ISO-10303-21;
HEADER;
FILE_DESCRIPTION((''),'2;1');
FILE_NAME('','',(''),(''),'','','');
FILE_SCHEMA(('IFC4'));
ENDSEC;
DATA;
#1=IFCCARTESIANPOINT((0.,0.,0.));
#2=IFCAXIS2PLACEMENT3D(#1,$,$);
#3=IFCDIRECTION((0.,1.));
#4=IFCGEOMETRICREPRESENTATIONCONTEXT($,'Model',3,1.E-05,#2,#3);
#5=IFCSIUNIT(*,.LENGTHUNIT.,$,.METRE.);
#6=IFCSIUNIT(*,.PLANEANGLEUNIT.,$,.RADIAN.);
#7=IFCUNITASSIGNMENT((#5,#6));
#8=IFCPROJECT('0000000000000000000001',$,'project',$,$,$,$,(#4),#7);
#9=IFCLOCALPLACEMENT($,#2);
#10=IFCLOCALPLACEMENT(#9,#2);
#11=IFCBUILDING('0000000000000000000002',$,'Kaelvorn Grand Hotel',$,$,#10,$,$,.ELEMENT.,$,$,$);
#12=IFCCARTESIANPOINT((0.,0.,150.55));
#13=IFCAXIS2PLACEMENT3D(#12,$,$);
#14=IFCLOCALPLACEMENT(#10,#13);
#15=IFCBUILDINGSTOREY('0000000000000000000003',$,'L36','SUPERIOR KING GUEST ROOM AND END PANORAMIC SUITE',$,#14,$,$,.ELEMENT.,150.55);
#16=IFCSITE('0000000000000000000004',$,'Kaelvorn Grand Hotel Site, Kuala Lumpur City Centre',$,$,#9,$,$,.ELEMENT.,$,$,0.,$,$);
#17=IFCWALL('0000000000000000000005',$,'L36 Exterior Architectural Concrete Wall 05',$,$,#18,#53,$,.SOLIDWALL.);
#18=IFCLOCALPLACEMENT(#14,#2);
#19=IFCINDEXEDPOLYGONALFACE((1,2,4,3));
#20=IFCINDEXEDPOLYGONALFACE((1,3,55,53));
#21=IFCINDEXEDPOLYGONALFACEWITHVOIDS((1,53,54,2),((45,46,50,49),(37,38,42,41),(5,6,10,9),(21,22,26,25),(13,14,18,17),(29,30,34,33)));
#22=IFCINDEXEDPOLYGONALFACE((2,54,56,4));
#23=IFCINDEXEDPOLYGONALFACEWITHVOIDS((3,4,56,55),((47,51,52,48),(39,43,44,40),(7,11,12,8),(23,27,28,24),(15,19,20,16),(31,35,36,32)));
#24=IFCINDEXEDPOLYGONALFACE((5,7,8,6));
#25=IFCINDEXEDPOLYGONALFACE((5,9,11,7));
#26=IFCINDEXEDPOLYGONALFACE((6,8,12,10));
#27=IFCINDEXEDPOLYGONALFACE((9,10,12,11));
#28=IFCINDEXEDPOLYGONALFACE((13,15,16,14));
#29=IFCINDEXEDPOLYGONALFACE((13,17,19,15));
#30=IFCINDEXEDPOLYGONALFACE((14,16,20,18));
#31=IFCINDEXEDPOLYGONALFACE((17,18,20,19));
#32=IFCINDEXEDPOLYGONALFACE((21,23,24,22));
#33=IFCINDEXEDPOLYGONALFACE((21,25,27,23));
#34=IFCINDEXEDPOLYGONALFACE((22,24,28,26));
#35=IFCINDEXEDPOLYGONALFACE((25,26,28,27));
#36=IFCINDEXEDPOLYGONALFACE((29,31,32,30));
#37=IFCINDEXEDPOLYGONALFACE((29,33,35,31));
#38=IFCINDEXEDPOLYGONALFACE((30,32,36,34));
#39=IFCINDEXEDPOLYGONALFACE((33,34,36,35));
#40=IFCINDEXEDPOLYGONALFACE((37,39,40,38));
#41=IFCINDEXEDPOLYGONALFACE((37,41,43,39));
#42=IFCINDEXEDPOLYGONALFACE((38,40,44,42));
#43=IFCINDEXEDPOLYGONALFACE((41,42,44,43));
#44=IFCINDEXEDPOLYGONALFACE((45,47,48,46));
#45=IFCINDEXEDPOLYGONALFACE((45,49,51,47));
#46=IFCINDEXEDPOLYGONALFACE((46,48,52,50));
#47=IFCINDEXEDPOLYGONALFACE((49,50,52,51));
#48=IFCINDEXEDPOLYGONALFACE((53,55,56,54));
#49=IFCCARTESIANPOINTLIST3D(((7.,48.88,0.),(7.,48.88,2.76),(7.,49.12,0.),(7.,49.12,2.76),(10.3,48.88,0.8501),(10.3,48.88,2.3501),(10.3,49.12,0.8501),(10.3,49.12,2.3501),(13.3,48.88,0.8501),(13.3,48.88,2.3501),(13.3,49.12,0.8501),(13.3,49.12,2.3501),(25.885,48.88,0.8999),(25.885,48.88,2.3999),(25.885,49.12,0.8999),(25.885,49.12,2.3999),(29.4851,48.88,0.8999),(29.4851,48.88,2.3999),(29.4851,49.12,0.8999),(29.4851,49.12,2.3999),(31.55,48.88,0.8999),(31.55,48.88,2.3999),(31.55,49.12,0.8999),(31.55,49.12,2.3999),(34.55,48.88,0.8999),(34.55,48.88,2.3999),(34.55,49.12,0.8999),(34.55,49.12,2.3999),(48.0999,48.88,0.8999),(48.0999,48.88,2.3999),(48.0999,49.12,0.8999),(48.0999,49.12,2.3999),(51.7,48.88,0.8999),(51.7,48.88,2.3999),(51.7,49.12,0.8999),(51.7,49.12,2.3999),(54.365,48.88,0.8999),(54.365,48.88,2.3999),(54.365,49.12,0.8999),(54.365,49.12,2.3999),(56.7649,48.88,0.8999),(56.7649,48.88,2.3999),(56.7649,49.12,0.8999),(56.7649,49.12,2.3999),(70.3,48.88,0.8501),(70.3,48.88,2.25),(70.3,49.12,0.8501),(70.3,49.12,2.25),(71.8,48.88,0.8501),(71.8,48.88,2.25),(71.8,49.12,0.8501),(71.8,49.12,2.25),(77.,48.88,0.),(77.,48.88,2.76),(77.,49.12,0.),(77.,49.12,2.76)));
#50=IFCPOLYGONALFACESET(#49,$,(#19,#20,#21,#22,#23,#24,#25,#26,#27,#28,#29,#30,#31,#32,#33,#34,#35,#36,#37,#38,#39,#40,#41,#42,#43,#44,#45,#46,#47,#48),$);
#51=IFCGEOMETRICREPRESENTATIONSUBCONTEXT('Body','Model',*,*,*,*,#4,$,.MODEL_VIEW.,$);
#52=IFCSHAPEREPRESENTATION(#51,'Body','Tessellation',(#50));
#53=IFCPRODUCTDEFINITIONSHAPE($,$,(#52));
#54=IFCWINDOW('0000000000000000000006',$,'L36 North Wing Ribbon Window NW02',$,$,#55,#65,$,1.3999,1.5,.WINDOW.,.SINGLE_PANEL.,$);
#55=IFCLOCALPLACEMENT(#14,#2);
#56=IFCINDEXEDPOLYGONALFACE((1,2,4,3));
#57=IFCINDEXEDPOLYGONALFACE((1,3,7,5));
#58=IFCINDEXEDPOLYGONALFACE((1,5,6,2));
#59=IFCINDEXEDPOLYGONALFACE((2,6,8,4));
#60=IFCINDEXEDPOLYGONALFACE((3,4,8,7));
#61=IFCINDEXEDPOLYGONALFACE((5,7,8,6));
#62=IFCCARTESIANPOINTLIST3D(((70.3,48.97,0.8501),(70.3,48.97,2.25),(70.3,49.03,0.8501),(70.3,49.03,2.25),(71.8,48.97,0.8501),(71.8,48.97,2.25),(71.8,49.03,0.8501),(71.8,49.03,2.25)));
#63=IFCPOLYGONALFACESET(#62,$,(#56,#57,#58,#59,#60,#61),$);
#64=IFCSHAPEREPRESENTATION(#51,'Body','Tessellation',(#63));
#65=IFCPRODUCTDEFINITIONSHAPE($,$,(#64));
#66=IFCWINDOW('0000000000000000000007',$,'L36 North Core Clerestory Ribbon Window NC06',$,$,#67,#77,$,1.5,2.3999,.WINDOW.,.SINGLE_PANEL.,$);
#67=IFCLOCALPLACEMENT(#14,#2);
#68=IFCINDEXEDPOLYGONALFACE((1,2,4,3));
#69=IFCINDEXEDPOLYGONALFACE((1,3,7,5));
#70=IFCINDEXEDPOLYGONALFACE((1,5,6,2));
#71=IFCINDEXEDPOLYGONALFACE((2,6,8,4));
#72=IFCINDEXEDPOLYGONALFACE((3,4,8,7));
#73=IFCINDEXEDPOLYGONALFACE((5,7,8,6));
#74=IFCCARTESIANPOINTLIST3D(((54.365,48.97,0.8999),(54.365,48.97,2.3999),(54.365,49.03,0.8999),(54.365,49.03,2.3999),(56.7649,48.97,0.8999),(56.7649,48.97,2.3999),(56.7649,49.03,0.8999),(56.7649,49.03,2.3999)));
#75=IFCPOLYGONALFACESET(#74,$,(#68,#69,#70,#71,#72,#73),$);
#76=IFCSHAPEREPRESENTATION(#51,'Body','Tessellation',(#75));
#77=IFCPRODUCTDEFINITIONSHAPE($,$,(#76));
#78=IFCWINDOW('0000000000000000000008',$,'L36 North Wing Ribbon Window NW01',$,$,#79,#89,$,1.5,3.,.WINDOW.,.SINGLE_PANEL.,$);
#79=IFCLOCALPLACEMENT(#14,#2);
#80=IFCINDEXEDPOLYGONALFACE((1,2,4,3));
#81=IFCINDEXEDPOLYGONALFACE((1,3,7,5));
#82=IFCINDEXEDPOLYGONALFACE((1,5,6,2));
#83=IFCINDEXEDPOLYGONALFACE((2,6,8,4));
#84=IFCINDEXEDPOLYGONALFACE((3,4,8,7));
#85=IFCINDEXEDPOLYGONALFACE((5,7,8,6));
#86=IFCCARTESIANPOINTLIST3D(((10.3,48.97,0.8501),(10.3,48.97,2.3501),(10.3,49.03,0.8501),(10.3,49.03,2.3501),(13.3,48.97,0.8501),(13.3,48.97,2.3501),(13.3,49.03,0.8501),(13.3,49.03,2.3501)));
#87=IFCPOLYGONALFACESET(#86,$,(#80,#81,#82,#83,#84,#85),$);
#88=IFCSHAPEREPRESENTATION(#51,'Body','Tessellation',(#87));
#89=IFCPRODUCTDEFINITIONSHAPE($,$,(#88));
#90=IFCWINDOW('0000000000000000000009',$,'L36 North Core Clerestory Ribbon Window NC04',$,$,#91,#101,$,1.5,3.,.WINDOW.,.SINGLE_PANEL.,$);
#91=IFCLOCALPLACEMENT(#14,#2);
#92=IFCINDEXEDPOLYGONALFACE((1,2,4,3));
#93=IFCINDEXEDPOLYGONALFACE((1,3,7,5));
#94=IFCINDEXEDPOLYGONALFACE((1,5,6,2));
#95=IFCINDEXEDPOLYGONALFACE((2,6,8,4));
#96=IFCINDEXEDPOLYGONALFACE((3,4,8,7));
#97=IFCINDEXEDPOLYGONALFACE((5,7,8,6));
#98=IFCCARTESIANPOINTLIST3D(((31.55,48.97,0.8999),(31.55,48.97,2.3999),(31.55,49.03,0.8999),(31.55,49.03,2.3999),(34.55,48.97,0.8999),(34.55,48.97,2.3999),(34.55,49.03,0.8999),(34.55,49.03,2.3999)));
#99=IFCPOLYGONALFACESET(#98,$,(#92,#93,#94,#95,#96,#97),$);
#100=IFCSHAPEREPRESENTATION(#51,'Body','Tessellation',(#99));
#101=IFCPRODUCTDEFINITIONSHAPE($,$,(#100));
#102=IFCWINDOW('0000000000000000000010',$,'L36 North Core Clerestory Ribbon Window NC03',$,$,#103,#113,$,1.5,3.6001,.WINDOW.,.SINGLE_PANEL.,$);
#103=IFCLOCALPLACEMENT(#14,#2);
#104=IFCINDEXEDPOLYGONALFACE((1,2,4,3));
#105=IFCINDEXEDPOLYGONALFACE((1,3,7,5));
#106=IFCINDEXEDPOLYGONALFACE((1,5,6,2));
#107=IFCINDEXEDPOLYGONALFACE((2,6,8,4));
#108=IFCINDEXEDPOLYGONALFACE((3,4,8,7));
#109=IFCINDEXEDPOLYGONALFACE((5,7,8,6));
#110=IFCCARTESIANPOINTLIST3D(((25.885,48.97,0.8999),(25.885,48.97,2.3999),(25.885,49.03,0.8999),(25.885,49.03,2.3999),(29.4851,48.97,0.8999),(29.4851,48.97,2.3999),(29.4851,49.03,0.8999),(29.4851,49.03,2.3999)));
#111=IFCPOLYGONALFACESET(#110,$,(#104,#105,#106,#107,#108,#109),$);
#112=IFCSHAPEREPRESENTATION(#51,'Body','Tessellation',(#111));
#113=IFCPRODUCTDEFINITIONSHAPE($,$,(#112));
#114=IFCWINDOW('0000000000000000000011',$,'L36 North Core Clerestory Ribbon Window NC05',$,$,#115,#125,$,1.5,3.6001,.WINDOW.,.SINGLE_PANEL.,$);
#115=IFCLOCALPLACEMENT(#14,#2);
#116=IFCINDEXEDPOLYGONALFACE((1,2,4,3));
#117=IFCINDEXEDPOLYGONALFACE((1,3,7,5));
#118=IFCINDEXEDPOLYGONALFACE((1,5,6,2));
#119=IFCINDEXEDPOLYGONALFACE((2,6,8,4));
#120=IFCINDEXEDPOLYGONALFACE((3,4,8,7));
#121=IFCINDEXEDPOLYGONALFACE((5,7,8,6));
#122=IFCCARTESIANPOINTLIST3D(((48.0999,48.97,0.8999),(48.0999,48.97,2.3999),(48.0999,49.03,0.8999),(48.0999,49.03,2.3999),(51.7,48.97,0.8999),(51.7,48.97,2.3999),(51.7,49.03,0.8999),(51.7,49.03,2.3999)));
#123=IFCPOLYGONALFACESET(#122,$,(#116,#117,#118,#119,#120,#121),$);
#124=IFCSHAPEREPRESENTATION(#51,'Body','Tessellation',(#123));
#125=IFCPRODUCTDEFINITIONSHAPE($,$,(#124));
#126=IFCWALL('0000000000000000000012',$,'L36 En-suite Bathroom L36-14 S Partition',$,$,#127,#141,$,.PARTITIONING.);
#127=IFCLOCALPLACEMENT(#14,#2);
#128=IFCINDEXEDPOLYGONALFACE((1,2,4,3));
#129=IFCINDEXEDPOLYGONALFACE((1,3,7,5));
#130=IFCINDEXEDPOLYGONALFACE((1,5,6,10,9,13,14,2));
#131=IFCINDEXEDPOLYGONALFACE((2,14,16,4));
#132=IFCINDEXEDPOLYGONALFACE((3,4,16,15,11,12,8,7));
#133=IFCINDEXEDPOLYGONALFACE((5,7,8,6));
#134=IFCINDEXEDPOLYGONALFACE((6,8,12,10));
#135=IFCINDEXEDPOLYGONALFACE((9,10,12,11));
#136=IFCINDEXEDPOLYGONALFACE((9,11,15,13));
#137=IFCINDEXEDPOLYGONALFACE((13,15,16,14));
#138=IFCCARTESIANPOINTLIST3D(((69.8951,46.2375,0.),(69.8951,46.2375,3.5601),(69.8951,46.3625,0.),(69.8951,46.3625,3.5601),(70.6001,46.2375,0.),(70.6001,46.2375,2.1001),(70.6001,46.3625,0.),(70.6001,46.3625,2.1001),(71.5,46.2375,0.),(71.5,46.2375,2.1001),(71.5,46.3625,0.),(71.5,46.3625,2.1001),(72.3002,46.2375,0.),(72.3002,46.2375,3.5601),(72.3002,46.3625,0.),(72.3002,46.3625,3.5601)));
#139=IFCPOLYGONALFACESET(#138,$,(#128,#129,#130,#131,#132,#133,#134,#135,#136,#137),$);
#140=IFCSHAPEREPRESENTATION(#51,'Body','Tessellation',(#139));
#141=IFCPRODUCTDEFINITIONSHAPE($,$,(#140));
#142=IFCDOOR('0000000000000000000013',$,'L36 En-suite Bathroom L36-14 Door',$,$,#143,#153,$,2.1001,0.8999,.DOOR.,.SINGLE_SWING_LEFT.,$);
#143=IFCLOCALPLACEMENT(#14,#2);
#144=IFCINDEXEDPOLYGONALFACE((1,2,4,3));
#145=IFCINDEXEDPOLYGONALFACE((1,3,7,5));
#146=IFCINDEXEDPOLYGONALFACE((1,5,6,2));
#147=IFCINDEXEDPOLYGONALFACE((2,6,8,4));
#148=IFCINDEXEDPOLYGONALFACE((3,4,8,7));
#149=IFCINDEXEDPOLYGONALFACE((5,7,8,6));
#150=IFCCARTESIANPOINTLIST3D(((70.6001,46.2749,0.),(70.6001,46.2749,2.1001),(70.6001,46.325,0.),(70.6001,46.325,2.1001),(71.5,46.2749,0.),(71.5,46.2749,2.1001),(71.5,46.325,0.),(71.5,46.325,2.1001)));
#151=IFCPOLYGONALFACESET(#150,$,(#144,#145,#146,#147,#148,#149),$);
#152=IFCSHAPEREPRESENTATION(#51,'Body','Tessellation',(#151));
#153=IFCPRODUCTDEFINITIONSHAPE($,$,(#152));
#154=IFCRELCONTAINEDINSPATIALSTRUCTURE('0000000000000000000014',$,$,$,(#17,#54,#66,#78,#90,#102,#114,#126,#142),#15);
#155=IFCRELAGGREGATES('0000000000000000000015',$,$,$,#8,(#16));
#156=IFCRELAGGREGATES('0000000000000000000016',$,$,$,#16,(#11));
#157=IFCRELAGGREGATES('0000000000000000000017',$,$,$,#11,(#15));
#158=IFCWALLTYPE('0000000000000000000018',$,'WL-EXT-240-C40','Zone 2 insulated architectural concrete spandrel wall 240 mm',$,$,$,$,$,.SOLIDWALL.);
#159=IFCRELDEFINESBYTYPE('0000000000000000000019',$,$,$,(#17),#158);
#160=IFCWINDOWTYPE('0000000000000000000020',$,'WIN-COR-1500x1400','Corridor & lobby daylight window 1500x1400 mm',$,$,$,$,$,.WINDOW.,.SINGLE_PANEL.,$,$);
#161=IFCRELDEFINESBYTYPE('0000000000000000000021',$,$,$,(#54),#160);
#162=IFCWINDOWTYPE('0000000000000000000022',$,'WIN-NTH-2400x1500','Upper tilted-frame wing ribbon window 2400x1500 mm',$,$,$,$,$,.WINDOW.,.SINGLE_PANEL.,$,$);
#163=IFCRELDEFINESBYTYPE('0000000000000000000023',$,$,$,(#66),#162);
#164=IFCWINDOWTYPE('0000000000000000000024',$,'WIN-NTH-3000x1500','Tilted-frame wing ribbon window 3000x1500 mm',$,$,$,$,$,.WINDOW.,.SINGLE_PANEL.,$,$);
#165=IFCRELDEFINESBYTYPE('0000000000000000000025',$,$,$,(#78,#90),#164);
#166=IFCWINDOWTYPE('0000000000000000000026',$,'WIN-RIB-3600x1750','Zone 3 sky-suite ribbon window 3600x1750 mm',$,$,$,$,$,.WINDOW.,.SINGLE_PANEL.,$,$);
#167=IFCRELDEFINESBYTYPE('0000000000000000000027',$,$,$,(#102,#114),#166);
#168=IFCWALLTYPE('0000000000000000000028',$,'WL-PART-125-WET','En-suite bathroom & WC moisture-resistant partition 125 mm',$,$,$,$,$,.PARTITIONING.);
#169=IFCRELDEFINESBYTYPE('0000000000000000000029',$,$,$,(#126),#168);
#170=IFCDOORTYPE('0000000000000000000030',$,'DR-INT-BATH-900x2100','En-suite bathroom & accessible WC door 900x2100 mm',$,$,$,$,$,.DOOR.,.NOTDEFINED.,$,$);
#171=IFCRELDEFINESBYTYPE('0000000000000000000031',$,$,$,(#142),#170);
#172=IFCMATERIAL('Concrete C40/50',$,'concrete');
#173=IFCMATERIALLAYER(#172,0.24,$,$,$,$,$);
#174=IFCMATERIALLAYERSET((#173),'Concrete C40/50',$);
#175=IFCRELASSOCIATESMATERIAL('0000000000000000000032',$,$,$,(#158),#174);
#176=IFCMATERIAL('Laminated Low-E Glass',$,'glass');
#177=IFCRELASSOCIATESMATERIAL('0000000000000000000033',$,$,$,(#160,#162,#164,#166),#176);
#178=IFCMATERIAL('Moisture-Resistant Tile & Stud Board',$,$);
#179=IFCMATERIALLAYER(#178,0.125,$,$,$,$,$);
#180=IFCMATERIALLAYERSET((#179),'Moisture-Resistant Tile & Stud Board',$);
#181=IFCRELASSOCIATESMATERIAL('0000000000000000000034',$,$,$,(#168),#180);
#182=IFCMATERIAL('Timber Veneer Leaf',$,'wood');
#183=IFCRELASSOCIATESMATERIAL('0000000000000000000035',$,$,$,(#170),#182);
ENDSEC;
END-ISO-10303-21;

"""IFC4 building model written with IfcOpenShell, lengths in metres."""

from ifc_helpers import new_model, si_unit, direction, frame, frame_2d, origin, place, context, subcontext, project, spatial, rectangle, extrude, material, layer, layer_set, type_object, element, fill, save


model = new_model("IFC4")

# Units and contexts
model_context = context("Model", 3, precision=1e-05, world=origin(), true_north=direction((0.0, 1.0)))
body_context = subcontext(model_context, "Body", "Model", "MODEL_VIEW")
ifc_project = project(units=[si_unit("LENGTHUNIT", "METRE"), si_unit("PLANEANGLEUNIT", "RADIAN")], contexts=[model_context])

# Site, building, storey
site_placement = place(None, origin())
site = spatial("IfcSite", under=ifc_project, at=site_placement, Name="Kaelvorn Grand Hotel Site, Kuala Lumpur City Centre", CompositionType="ELEMENT", RefElevation=0.0)
building_placement = place(site_placement, origin())
building = spatial("IfcBuilding", under=site, at=building_placement, Name="Kaelvorn Grand Hotel", CompositionType="ELEMENT")
storey_placement = place(building_placement, frame((0.0, 0.0, 150.55)))
storey = spatial("IfcBuildingStorey", under=building, at=storey_placement, Name="L36", Description="SUPERIOR KING GUEST ROOM AND END PANORAMIC SUITE", CompositionType="ELEMENT", Elevation=150.55)

# Shared definitions
ifc_material_1 = material(Name="Concrete C40/50", Category="concrete")
ifc_layer_1 = layer(ifc_material_1, 0.24)
ifc_layer_set_1 = layer_set([ifc_layer_1], Name="Concrete C40/50")
wall_type_1 = type_object("IfcWallType", Name="WL-EXT-240-C40", Description="Zone 2 insulated architectural concrete spandrel wall 240 mm", PredefinedType="SOLIDWALL", material=ifc_layer_set_1)
ifc_material_2 = material(Name="Laminated Low-E Glass", Category="glass")

# Wall, openings, windows
wall_1_placement = place(storey_placement, frame((77.0, 49.0, 0.0), z_axis=(0.0, 0.0, 1.0), x_axis=(-1.0, 0.0, 0.0)))
wall_1 = element("IfcWall", 1, at=wall_1_placement, inside=storey, type_object=wall_type_1, Name="L36 Exterior Architectural Concrete Wall 05", PredefinedType="SOLIDWALL", context=body_context, shape_type="SweptSolid", body=[
    extrude(rectangle(XDim=70.0, YDim=0.24, at=frame_2d((35.0, 0.0))), origin(), (0.0, 0.0, 1.0), 2.76),
])
opening_1_placement = place(wall_1_placement, frame((63.7, 0.0, 0.8501)))
opening_1 = element("IfcOpeningElement", 2, at=opening_1_placement, cuts=wall_1, PredefinedType="OPENING", context=body_context, shape_type="SweptSolid", body=[
    extrude(rectangle(XDim=3.0, YDim=1.5, at=frame_2d((1.5, 0.75))), frame((0.0, 0.1299, 0.0), z_axis=(0.0, -1.0, 0.0), x_axis=(1.0, 0.0, 0.0)), (0.0, 0.0, 1.0), 0.26),
])
opening_2_placement = place(wall_1_placement, frame((5.2, 0.0, 0.8501)))
opening_2 = element("IfcOpeningElement", 3, at=opening_2_placement, cuts=wall_1, PredefinedType="OPENING", context=body_context, shape_type="SweptSolid", body=[
    extrude(rectangle(XDim=1.5, YDim=1.3999, at=frame_2d((0.75, 0.7))), frame((0.0, 0.1299, 0.0), z_axis=(0.0, -1.0, 0.0), x_axis=(1.0, 0.0, 0.0)), (0.0, 0.0, 1.0), 0.26),
])
opening_3_placement = place(wall_1_placement, frame((47.5149, 0.0, 0.8999)))
opening_3 = element("IfcOpeningElement", 4, at=opening_3_placement, cuts=wall_1, PredefinedType="OPENING", context=body_context, shape_type="SweptSolid", body=[
    extrude(rectangle(XDim=3.6001, YDim=1.5, at=frame_2d((1.8, 0.75))), frame((0.0, 0.1299, 0.0), z_axis=(0.0, -1.0, 0.0), x_axis=(1.0, 0.0, 0.0)), (0.0, 0.0, 1.0), 0.26),
])
opening_4_placement = place(wall_1_placement, frame((42.45, 0.0, 0.8999)))
opening_4 = element("IfcOpeningElement", 5, at=opening_4_placement, cuts=wall_1, PredefinedType="OPENING", context=body_context, shape_type="SweptSolid", body=[
    extrude(rectangle(XDim=3.0, YDim=1.5, at=frame_2d((1.5, 0.75))), frame((0.0, 0.1299, 0.0), z_axis=(0.0, -1.0, 0.0), x_axis=(1.0, 0.0, 0.0)), (0.0, 0.0, 1.0), 0.26),
])
opening_5_placement = place(wall_1_placement, frame((25.3, 0.0, 0.8999)))
opening_5 = element("IfcOpeningElement", 6, at=opening_5_placement, cuts=wall_1, PredefinedType="OPENING", context=body_context, shape_type="SweptSolid", body=[
    extrude(rectangle(XDim=3.6001, YDim=1.5, at=frame_2d((1.8, 0.75))), frame((0.0, 0.1299, 0.0), z_axis=(0.0, -1.0, 0.0), x_axis=(1.0, 0.0, 0.0)), (0.0, 0.0, 1.0), 0.26),
])
opening_6_placement = place(wall_1_placement, frame((20.2351, 0.0, 0.8999)))
opening_6 = element("IfcOpeningElement", 7, at=opening_6_placement, cuts=wall_1, PredefinedType="OPENING", context=body_context, shape_type="SweptSolid", body=[
    extrude(rectangle(XDim=2.3999, YDim=1.5, at=frame_2d((1.2, 0.75))), frame((0.0, 0.1299, 0.0), z_axis=(0.0, -1.0, 0.0), x_axis=(1.0, 0.0, 0.0)), (0.0, 0.0, 1.0), 0.26),
])
window_type_1 = type_object("IfcWindowType", Name="WIN-COR-1500x1400", Description="Corridor & lobby daylight window 1500x1400 mm", PartitioningType="SINGLE_PANEL", PredefinedType="WINDOW", material=ifc_material_2)
window_1_placement = place(opening_2_placement, origin())
window_1 = element("IfcWindow", 8, at=window_1_placement, inside=storey, type_object=window_type_1, Name="L36 North Wing Ribbon Window NW02", OverallHeight=1.3999, OverallWidth=1.5, PartitioningType="SINGLE_PANEL", PredefinedType="WINDOW", context=body_context, shape_type="SweptSolid", body=[
    extrude(rectangle(XDim=1.5, YDim=1.3999, at=frame_2d((0.75, 0.7))), frame((0.0, 0.03, 0.0), z_axis=(0.0, -1.0, 0.0), x_axis=(1.0, 0.0, 0.0)), (0.0, 0.0, 1.0), 0.0601),
])
fill(opening_2, window_1)
window_type_2 = type_object("IfcWindowType", Name="WIN-NTH-2400x1500", Description="Upper tilted-frame wing ribbon window 2400x1500 mm", PartitioningType="SINGLE_PANEL", PredefinedType="WINDOW", material=ifc_material_2)
window_2_placement = place(opening_6_placement, origin())
window_2 = element("IfcWindow", 9, at=window_2_placement, inside=storey, type_object=window_type_2, Name="L36 North Core Clerestory Ribbon Window NC06", OverallHeight=1.5, OverallWidth=2.3999, PartitioningType="SINGLE_PANEL", PredefinedType="WINDOW", context=body_context, shape_type="SweptSolid", body=[
    extrude(rectangle(XDim=2.3999, YDim=1.5, at=frame_2d((1.2, 0.75))), frame((0.0, 0.03, 0.0), z_axis=(0.0, -1.0, 0.0), x_axis=(1.0, 0.0, 0.0)), (0.0, 0.0, 1.0), 0.0601),
])
fill(opening_6, window_2)
window_type_3 = type_object("IfcWindowType", Name="WIN-NTH-3000x1500", Description="Tilted-frame wing ribbon window 3000x1500 mm", PartitioningType="SINGLE_PANEL", PredefinedType="WINDOW", material=ifc_material_2)
window_3_placement = place(opening_1_placement, origin())
window_3 = element("IfcWindow", 10, at=window_3_placement, inside=storey, type_object=window_type_3, Name="L36 North Wing Ribbon Window NW01", OverallHeight=1.5, OverallWidth=3.0, PartitioningType="SINGLE_PANEL", PredefinedType="WINDOW", context=body_context, shape_type="SweptSolid", body=[
    extrude(rectangle(XDim=3.0, YDim=1.5, at=frame_2d((1.5, 0.75))), frame((0.0, 0.03, 0.0), z_axis=(0.0, -1.0, 0.0), x_axis=(1.0, 0.0, 0.0)), (0.0, 0.0, 1.0), 0.0601),
])
fill(opening_1, window_3)
window_4_placement = place(opening_4_placement, origin())
window_4 = element("IfcWindow", 11, at=window_4_placement, inside=storey, type_object=window_type_3, Name="L36 North Core Clerestory Ribbon Window NC04", OverallHeight=1.5, OverallWidth=3.0, PartitioningType="SINGLE_PANEL", PredefinedType="WINDOW", context=body_context, shape_type="SweptSolid", body=[
    extrude(rectangle(XDim=3.0, YDim=1.5, at=frame_2d((1.5, 0.75))), frame((0.0, 0.03, 0.0), z_axis=(0.0, -1.0, 0.0), x_axis=(1.0, 0.0, 0.0)), (0.0, 0.0, 1.0), 0.0601),
])
fill(opening_4, window_4)
window_type_4 = type_object("IfcWindowType", Name="WIN-RIB-3600x1750", Description="Zone 3 sky-suite ribbon window 3600x1750 mm", PartitioningType="SINGLE_PANEL", PredefinedType="WINDOW", material=ifc_material_2)
window_5_placement = place(opening_3_placement, origin())
window_5 = element("IfcWindow", 12, at=window_5_placement, inside=storey, type_object=window_type_4, Name="L36 North Core Clerestory Ribbon Window NC03", OverallHeight=1.5, OverallWidth=3.6001, PartitioningType="SINGLE_PANEL", PredefinedType="WINDOW", context=body_context, shape_type="SweptSolid", body=[
    extrude(rectangle(XDim=3.6001, YDim=1.5, at=frame_2d((1.8, 0.75))), frame((0.0, 0.03, 0.0), z_axis=(0.0, -1.0, 0.0), x_axis=(1.0, 0.0, 0.0)), (0.0, 0.0, 1.0), 0.0601),
])
fill(opening_3, window_5)
window_6_placement = place(opening_5_placement, origin())
window_6 = element("IfcWindow", 13, at=window_6_placement, inside=storey, type_object=window_type_4, Name="L36 North Core Clerestory Ribbon Window NC05", OverallHeight=1.5, OverallWidth=3.6001, PartitioningType="SINGLE_PANEL", PredefinedType="WINDOW", context=body_context, shape_type="SweptSolid", body=[
    extrude(rectangle(XDim=3.6001, YDim=1.5, at=frame_2d((1.8, 0.75))), frame((0.0, 0.03, 0.0), z_axis=(0.0, -1.0, 0.0), x_axis=(1.0, 0.0, 0.0)), (0.0, 0.0, 1.0), 0.0601),
])
fill(opening_5, window_6)

# Wall, opening, door
ifc_material_3 = material(Name="Moisture-Resistant Tile & Stud Board")
ifc_layer_2 = layer(ifc_material_3, 0.125)
ifc_layer_set_2 = layer_set([ifc_layer_2], Name="Moisture-Resistant Tile & Stud Board")
wall_type_2 = type_object("IfcWallType", Name="WL-PART-125-WET", Description="En-suite bathroom & WC moisture-resistant partition 125 mm", PredefinedType="PARTITIONING", material=ifc_layer_set_2)
wall_2_placement = place(storey_placement, frame((69.895, 46.3, 0.0), z_axis=(0.0, 0.0, 1.0), x_axis=(1.0, 0.0, 0.0)))
wall_2 = element("IfcWall", 14, at=wall_2_placement, inside=storey, type_object=wall_type_2, Name="L36 En-suite Bathroom L36-14 S Partition", PredefinedType="PARTITIONING", context=body_context, shape_type="SweptSolid", body=[
    extrude(rectangle(XDim=2.405, YDim=0.125, at=frame_2d((1.2026, 0.0))), origin(), (0.0, 0.0, 1.0), 3.5601),
])
opening_7_placement = place(wall_2_placement, frame((0.7051, 0.0, 0.0)))
opening_7 = element("IfcOpeningElement", 15, at=opening_7_placement, cuts=wall_2, PredefinedType="OPENING", context=body_context, shape_type="SweptSolid", body=[
    extrude(rectangle(XDim=0.8999, YDim=2.1001, at=frame_2d((0.45, 1.05))), frame((0.0, 0.0725, 0.0), z_axis=(0.0, -1.0, 0.0), x_axis=(1.0, 0.0, 0.0)), (0.0, 0.0, 1.0), 0.145),
])
ifc_material_4 = material(Name="Timber Veneer Leaf", Category="wood")
door_type = type_object("IfcDoorType", Name="DR-INT-BATH-900x2100", Description="En-suite bathroom & accessible WC door 900x2100 mm", OperationType="NOTDEFINED", PredefinedType="DOOR", material=ifc_material_4)
door_placement = place(opening_7_placement, origin())
door = element("IfcDoor", 16, at=door_placement, inside=storey, type_object=door_type, Name="L36 En-suite Bathroom L36-14 Door", OperationType="SINGLE_SWING_LEFT", OverallHeight=2.1001, OverallWidth=0.8999, PredefinedType="DOOR", context=body_context, shape_type="SweptSolid", body=[
    extrude(rectangle(XDim=0.8999, YDim=2.1001, at=frame_2d((0.45, 1.05))), frame((0.0, 0.0249, 0.0), z_axis=(0.0, -1.0, 0.0), x_axis=(1.0, 0.0, 0.0)), (0.0, 0.0, 1.0), 0.05),
])
fill(opening_7, door)

save(model, "model.ifc")
